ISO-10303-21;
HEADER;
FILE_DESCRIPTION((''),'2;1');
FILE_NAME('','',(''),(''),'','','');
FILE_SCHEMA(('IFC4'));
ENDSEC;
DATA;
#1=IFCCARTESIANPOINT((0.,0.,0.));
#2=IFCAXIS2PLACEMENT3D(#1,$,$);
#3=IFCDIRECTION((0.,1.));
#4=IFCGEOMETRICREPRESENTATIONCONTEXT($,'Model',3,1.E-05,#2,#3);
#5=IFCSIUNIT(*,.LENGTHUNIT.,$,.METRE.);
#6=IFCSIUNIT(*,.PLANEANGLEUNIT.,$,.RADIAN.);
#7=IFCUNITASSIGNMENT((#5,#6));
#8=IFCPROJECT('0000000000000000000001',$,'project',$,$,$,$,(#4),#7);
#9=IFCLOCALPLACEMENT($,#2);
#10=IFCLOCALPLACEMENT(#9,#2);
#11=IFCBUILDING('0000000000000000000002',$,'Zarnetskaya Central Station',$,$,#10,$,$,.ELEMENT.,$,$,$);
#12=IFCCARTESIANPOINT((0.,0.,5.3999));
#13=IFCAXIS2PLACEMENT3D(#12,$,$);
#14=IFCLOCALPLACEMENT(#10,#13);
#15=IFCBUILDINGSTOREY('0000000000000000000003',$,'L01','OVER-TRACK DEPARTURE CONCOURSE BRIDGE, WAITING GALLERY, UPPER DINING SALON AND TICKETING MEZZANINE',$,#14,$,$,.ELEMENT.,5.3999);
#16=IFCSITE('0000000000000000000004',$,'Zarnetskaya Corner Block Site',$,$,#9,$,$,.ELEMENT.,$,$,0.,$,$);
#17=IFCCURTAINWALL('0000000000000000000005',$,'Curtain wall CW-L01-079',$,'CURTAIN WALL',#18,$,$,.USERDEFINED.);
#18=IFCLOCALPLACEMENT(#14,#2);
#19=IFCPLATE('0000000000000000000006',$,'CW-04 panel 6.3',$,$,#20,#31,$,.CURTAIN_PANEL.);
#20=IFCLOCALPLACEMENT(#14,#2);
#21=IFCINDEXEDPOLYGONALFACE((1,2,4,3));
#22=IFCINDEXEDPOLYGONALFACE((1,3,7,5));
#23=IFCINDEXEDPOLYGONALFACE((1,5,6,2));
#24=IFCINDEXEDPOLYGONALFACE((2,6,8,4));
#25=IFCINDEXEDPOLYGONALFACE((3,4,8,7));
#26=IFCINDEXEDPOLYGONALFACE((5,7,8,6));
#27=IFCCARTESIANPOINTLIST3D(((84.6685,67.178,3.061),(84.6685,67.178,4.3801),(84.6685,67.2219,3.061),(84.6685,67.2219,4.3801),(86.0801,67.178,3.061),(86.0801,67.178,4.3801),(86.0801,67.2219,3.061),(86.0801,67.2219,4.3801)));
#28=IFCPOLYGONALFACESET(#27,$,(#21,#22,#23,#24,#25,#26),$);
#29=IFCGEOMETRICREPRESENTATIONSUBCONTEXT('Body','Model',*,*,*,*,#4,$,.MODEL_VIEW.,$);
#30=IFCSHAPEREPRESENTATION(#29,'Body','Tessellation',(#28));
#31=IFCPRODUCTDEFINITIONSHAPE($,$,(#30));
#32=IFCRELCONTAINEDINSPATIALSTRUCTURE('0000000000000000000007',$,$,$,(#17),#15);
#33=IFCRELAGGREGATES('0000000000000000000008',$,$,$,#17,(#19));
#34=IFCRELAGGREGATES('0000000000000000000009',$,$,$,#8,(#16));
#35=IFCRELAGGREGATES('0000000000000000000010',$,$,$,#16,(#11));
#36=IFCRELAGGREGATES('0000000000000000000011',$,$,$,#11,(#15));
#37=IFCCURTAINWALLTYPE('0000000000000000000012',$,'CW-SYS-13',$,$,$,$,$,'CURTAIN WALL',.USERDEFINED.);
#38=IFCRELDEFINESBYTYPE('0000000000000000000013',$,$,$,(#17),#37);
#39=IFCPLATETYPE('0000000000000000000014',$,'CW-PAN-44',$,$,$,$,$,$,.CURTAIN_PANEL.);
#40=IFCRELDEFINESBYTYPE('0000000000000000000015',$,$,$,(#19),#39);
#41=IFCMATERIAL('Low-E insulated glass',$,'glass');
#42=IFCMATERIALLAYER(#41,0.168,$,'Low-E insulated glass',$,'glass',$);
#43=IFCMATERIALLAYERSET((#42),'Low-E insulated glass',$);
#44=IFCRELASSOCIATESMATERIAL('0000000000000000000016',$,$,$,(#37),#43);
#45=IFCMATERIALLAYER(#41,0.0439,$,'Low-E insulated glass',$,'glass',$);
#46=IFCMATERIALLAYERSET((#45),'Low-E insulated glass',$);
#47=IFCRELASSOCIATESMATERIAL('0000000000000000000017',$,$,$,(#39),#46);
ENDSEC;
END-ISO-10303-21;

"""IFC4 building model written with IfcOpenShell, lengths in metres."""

from ifc_helpers import new_model, si_unit, direction, frame, origin, origin_2d, place, context, subcontext, project, spatial, rectangle, extrude, material, layer, layer_set, type_object, element, aggregate, save


model = new_model("IFC4")

# Units and contexts
model_context = context("Model", 3, precision=1e-05, world=origin(), true_north=direction((0.0, 1.0)))
body_context = subcontext(model_context, "Body", "Model", "MODEL_VIEW")
ifc_project = project(units=[si_unit("LENGTHUNIT", "METRE"), si_unit("PLANEANGLEUNIT", "RADIAN")], contexts=[model_context])

# Site, building, storey
site_placement = place(None, origin())
site = spatial("IfcSite", under=ifc_project, at=site_placement, Name="Zarnetskaya Corner Block Site", CompositionType="ELEMENT", RefElevation=0.0)
building_placement = place(site_placement, origin())
building = spatial("IfcBuilding", under=site, at=building_placement, Name="Zarnetskaya Central Station", CompositionType="ELEMENT")
storey_placement = place(building_placement, frame((0.0, 0.0, 5.3999)))
storey = spatial("IfcBuildingStorey", under=building, at=storey_placement, Name="L01", Description="OVER-TRACK DEPARTURE CONCOURSE BRIDGE, WAITING GALLERY, UPPER DINING SALON AND TICKETING MEZZANINE", CompositionType="ELEMENT", Elevation=5.3999)

# Curtain wall
ifc_material_1 = material(Name="Low-E insulated glass", Category="glass")
ifc_layer_1 = layer(ifc_material_1, 0.168, Name="Low-E insulated glass", Category="glass")
ifc_layer_set_1 = layer_set([ifc_layer_1], Name="Low-E insulated glass")
curtain_wall_type = type_object("IfcCurtainWallType", Name="CW-SYS-13", ElementType="CURTAIN WALL", PredefinedType="USERDEFINED", material=ifc_layer_set_1)
curtain_wall_placement = place(storey_placement, origin())
curtain_wall = element("IfcCurtainWall", 1, at=curtain_wall_placement, inside=storey, type_object=curtain_wall_type, Name="Curtain wall CW-L01-079", ObjectType="CURTAIN WALL", PredefinedType="USERDEFINED")

# Plate
ifc_layer_2 = layer(ifc_material_1, 0.0439, Name="Low-E insulated glass", Category="glass")
ifc_layer_set_2 = layer_set([ifc_layer_2], Name="Low-E insulated glass")
plate_type = type_object("IfcPlateType", Name="CW-PAN-44", PredefinedType="CURTAIN_PANEL", material=ifc_layer_set_2)
plate_1_placement = place(storey_placement, frame((85.3743, 67.2, 3.061), z_axis=(0.0, 0.0, 1.0), x_axis=(1.0, 0.0, 0.0)))
plate_1 = element("IfcPlate", 2, at=plate_1_placement, type_object=plate_type, Name="CW-04 panel 6.3", PredefinedType="CURTAIN_PANEL", context=body_context, shape_type="SweptSolid", body=[
    extrude(rectangle(XDim=1.4116, YDim=0.0439, at=origin_2d()), origin(), (0.0, 0.0, 1.0), 1.3191),
])
aggregate(curtain_wall, [plate_1])

save(model, "model.ifc")
